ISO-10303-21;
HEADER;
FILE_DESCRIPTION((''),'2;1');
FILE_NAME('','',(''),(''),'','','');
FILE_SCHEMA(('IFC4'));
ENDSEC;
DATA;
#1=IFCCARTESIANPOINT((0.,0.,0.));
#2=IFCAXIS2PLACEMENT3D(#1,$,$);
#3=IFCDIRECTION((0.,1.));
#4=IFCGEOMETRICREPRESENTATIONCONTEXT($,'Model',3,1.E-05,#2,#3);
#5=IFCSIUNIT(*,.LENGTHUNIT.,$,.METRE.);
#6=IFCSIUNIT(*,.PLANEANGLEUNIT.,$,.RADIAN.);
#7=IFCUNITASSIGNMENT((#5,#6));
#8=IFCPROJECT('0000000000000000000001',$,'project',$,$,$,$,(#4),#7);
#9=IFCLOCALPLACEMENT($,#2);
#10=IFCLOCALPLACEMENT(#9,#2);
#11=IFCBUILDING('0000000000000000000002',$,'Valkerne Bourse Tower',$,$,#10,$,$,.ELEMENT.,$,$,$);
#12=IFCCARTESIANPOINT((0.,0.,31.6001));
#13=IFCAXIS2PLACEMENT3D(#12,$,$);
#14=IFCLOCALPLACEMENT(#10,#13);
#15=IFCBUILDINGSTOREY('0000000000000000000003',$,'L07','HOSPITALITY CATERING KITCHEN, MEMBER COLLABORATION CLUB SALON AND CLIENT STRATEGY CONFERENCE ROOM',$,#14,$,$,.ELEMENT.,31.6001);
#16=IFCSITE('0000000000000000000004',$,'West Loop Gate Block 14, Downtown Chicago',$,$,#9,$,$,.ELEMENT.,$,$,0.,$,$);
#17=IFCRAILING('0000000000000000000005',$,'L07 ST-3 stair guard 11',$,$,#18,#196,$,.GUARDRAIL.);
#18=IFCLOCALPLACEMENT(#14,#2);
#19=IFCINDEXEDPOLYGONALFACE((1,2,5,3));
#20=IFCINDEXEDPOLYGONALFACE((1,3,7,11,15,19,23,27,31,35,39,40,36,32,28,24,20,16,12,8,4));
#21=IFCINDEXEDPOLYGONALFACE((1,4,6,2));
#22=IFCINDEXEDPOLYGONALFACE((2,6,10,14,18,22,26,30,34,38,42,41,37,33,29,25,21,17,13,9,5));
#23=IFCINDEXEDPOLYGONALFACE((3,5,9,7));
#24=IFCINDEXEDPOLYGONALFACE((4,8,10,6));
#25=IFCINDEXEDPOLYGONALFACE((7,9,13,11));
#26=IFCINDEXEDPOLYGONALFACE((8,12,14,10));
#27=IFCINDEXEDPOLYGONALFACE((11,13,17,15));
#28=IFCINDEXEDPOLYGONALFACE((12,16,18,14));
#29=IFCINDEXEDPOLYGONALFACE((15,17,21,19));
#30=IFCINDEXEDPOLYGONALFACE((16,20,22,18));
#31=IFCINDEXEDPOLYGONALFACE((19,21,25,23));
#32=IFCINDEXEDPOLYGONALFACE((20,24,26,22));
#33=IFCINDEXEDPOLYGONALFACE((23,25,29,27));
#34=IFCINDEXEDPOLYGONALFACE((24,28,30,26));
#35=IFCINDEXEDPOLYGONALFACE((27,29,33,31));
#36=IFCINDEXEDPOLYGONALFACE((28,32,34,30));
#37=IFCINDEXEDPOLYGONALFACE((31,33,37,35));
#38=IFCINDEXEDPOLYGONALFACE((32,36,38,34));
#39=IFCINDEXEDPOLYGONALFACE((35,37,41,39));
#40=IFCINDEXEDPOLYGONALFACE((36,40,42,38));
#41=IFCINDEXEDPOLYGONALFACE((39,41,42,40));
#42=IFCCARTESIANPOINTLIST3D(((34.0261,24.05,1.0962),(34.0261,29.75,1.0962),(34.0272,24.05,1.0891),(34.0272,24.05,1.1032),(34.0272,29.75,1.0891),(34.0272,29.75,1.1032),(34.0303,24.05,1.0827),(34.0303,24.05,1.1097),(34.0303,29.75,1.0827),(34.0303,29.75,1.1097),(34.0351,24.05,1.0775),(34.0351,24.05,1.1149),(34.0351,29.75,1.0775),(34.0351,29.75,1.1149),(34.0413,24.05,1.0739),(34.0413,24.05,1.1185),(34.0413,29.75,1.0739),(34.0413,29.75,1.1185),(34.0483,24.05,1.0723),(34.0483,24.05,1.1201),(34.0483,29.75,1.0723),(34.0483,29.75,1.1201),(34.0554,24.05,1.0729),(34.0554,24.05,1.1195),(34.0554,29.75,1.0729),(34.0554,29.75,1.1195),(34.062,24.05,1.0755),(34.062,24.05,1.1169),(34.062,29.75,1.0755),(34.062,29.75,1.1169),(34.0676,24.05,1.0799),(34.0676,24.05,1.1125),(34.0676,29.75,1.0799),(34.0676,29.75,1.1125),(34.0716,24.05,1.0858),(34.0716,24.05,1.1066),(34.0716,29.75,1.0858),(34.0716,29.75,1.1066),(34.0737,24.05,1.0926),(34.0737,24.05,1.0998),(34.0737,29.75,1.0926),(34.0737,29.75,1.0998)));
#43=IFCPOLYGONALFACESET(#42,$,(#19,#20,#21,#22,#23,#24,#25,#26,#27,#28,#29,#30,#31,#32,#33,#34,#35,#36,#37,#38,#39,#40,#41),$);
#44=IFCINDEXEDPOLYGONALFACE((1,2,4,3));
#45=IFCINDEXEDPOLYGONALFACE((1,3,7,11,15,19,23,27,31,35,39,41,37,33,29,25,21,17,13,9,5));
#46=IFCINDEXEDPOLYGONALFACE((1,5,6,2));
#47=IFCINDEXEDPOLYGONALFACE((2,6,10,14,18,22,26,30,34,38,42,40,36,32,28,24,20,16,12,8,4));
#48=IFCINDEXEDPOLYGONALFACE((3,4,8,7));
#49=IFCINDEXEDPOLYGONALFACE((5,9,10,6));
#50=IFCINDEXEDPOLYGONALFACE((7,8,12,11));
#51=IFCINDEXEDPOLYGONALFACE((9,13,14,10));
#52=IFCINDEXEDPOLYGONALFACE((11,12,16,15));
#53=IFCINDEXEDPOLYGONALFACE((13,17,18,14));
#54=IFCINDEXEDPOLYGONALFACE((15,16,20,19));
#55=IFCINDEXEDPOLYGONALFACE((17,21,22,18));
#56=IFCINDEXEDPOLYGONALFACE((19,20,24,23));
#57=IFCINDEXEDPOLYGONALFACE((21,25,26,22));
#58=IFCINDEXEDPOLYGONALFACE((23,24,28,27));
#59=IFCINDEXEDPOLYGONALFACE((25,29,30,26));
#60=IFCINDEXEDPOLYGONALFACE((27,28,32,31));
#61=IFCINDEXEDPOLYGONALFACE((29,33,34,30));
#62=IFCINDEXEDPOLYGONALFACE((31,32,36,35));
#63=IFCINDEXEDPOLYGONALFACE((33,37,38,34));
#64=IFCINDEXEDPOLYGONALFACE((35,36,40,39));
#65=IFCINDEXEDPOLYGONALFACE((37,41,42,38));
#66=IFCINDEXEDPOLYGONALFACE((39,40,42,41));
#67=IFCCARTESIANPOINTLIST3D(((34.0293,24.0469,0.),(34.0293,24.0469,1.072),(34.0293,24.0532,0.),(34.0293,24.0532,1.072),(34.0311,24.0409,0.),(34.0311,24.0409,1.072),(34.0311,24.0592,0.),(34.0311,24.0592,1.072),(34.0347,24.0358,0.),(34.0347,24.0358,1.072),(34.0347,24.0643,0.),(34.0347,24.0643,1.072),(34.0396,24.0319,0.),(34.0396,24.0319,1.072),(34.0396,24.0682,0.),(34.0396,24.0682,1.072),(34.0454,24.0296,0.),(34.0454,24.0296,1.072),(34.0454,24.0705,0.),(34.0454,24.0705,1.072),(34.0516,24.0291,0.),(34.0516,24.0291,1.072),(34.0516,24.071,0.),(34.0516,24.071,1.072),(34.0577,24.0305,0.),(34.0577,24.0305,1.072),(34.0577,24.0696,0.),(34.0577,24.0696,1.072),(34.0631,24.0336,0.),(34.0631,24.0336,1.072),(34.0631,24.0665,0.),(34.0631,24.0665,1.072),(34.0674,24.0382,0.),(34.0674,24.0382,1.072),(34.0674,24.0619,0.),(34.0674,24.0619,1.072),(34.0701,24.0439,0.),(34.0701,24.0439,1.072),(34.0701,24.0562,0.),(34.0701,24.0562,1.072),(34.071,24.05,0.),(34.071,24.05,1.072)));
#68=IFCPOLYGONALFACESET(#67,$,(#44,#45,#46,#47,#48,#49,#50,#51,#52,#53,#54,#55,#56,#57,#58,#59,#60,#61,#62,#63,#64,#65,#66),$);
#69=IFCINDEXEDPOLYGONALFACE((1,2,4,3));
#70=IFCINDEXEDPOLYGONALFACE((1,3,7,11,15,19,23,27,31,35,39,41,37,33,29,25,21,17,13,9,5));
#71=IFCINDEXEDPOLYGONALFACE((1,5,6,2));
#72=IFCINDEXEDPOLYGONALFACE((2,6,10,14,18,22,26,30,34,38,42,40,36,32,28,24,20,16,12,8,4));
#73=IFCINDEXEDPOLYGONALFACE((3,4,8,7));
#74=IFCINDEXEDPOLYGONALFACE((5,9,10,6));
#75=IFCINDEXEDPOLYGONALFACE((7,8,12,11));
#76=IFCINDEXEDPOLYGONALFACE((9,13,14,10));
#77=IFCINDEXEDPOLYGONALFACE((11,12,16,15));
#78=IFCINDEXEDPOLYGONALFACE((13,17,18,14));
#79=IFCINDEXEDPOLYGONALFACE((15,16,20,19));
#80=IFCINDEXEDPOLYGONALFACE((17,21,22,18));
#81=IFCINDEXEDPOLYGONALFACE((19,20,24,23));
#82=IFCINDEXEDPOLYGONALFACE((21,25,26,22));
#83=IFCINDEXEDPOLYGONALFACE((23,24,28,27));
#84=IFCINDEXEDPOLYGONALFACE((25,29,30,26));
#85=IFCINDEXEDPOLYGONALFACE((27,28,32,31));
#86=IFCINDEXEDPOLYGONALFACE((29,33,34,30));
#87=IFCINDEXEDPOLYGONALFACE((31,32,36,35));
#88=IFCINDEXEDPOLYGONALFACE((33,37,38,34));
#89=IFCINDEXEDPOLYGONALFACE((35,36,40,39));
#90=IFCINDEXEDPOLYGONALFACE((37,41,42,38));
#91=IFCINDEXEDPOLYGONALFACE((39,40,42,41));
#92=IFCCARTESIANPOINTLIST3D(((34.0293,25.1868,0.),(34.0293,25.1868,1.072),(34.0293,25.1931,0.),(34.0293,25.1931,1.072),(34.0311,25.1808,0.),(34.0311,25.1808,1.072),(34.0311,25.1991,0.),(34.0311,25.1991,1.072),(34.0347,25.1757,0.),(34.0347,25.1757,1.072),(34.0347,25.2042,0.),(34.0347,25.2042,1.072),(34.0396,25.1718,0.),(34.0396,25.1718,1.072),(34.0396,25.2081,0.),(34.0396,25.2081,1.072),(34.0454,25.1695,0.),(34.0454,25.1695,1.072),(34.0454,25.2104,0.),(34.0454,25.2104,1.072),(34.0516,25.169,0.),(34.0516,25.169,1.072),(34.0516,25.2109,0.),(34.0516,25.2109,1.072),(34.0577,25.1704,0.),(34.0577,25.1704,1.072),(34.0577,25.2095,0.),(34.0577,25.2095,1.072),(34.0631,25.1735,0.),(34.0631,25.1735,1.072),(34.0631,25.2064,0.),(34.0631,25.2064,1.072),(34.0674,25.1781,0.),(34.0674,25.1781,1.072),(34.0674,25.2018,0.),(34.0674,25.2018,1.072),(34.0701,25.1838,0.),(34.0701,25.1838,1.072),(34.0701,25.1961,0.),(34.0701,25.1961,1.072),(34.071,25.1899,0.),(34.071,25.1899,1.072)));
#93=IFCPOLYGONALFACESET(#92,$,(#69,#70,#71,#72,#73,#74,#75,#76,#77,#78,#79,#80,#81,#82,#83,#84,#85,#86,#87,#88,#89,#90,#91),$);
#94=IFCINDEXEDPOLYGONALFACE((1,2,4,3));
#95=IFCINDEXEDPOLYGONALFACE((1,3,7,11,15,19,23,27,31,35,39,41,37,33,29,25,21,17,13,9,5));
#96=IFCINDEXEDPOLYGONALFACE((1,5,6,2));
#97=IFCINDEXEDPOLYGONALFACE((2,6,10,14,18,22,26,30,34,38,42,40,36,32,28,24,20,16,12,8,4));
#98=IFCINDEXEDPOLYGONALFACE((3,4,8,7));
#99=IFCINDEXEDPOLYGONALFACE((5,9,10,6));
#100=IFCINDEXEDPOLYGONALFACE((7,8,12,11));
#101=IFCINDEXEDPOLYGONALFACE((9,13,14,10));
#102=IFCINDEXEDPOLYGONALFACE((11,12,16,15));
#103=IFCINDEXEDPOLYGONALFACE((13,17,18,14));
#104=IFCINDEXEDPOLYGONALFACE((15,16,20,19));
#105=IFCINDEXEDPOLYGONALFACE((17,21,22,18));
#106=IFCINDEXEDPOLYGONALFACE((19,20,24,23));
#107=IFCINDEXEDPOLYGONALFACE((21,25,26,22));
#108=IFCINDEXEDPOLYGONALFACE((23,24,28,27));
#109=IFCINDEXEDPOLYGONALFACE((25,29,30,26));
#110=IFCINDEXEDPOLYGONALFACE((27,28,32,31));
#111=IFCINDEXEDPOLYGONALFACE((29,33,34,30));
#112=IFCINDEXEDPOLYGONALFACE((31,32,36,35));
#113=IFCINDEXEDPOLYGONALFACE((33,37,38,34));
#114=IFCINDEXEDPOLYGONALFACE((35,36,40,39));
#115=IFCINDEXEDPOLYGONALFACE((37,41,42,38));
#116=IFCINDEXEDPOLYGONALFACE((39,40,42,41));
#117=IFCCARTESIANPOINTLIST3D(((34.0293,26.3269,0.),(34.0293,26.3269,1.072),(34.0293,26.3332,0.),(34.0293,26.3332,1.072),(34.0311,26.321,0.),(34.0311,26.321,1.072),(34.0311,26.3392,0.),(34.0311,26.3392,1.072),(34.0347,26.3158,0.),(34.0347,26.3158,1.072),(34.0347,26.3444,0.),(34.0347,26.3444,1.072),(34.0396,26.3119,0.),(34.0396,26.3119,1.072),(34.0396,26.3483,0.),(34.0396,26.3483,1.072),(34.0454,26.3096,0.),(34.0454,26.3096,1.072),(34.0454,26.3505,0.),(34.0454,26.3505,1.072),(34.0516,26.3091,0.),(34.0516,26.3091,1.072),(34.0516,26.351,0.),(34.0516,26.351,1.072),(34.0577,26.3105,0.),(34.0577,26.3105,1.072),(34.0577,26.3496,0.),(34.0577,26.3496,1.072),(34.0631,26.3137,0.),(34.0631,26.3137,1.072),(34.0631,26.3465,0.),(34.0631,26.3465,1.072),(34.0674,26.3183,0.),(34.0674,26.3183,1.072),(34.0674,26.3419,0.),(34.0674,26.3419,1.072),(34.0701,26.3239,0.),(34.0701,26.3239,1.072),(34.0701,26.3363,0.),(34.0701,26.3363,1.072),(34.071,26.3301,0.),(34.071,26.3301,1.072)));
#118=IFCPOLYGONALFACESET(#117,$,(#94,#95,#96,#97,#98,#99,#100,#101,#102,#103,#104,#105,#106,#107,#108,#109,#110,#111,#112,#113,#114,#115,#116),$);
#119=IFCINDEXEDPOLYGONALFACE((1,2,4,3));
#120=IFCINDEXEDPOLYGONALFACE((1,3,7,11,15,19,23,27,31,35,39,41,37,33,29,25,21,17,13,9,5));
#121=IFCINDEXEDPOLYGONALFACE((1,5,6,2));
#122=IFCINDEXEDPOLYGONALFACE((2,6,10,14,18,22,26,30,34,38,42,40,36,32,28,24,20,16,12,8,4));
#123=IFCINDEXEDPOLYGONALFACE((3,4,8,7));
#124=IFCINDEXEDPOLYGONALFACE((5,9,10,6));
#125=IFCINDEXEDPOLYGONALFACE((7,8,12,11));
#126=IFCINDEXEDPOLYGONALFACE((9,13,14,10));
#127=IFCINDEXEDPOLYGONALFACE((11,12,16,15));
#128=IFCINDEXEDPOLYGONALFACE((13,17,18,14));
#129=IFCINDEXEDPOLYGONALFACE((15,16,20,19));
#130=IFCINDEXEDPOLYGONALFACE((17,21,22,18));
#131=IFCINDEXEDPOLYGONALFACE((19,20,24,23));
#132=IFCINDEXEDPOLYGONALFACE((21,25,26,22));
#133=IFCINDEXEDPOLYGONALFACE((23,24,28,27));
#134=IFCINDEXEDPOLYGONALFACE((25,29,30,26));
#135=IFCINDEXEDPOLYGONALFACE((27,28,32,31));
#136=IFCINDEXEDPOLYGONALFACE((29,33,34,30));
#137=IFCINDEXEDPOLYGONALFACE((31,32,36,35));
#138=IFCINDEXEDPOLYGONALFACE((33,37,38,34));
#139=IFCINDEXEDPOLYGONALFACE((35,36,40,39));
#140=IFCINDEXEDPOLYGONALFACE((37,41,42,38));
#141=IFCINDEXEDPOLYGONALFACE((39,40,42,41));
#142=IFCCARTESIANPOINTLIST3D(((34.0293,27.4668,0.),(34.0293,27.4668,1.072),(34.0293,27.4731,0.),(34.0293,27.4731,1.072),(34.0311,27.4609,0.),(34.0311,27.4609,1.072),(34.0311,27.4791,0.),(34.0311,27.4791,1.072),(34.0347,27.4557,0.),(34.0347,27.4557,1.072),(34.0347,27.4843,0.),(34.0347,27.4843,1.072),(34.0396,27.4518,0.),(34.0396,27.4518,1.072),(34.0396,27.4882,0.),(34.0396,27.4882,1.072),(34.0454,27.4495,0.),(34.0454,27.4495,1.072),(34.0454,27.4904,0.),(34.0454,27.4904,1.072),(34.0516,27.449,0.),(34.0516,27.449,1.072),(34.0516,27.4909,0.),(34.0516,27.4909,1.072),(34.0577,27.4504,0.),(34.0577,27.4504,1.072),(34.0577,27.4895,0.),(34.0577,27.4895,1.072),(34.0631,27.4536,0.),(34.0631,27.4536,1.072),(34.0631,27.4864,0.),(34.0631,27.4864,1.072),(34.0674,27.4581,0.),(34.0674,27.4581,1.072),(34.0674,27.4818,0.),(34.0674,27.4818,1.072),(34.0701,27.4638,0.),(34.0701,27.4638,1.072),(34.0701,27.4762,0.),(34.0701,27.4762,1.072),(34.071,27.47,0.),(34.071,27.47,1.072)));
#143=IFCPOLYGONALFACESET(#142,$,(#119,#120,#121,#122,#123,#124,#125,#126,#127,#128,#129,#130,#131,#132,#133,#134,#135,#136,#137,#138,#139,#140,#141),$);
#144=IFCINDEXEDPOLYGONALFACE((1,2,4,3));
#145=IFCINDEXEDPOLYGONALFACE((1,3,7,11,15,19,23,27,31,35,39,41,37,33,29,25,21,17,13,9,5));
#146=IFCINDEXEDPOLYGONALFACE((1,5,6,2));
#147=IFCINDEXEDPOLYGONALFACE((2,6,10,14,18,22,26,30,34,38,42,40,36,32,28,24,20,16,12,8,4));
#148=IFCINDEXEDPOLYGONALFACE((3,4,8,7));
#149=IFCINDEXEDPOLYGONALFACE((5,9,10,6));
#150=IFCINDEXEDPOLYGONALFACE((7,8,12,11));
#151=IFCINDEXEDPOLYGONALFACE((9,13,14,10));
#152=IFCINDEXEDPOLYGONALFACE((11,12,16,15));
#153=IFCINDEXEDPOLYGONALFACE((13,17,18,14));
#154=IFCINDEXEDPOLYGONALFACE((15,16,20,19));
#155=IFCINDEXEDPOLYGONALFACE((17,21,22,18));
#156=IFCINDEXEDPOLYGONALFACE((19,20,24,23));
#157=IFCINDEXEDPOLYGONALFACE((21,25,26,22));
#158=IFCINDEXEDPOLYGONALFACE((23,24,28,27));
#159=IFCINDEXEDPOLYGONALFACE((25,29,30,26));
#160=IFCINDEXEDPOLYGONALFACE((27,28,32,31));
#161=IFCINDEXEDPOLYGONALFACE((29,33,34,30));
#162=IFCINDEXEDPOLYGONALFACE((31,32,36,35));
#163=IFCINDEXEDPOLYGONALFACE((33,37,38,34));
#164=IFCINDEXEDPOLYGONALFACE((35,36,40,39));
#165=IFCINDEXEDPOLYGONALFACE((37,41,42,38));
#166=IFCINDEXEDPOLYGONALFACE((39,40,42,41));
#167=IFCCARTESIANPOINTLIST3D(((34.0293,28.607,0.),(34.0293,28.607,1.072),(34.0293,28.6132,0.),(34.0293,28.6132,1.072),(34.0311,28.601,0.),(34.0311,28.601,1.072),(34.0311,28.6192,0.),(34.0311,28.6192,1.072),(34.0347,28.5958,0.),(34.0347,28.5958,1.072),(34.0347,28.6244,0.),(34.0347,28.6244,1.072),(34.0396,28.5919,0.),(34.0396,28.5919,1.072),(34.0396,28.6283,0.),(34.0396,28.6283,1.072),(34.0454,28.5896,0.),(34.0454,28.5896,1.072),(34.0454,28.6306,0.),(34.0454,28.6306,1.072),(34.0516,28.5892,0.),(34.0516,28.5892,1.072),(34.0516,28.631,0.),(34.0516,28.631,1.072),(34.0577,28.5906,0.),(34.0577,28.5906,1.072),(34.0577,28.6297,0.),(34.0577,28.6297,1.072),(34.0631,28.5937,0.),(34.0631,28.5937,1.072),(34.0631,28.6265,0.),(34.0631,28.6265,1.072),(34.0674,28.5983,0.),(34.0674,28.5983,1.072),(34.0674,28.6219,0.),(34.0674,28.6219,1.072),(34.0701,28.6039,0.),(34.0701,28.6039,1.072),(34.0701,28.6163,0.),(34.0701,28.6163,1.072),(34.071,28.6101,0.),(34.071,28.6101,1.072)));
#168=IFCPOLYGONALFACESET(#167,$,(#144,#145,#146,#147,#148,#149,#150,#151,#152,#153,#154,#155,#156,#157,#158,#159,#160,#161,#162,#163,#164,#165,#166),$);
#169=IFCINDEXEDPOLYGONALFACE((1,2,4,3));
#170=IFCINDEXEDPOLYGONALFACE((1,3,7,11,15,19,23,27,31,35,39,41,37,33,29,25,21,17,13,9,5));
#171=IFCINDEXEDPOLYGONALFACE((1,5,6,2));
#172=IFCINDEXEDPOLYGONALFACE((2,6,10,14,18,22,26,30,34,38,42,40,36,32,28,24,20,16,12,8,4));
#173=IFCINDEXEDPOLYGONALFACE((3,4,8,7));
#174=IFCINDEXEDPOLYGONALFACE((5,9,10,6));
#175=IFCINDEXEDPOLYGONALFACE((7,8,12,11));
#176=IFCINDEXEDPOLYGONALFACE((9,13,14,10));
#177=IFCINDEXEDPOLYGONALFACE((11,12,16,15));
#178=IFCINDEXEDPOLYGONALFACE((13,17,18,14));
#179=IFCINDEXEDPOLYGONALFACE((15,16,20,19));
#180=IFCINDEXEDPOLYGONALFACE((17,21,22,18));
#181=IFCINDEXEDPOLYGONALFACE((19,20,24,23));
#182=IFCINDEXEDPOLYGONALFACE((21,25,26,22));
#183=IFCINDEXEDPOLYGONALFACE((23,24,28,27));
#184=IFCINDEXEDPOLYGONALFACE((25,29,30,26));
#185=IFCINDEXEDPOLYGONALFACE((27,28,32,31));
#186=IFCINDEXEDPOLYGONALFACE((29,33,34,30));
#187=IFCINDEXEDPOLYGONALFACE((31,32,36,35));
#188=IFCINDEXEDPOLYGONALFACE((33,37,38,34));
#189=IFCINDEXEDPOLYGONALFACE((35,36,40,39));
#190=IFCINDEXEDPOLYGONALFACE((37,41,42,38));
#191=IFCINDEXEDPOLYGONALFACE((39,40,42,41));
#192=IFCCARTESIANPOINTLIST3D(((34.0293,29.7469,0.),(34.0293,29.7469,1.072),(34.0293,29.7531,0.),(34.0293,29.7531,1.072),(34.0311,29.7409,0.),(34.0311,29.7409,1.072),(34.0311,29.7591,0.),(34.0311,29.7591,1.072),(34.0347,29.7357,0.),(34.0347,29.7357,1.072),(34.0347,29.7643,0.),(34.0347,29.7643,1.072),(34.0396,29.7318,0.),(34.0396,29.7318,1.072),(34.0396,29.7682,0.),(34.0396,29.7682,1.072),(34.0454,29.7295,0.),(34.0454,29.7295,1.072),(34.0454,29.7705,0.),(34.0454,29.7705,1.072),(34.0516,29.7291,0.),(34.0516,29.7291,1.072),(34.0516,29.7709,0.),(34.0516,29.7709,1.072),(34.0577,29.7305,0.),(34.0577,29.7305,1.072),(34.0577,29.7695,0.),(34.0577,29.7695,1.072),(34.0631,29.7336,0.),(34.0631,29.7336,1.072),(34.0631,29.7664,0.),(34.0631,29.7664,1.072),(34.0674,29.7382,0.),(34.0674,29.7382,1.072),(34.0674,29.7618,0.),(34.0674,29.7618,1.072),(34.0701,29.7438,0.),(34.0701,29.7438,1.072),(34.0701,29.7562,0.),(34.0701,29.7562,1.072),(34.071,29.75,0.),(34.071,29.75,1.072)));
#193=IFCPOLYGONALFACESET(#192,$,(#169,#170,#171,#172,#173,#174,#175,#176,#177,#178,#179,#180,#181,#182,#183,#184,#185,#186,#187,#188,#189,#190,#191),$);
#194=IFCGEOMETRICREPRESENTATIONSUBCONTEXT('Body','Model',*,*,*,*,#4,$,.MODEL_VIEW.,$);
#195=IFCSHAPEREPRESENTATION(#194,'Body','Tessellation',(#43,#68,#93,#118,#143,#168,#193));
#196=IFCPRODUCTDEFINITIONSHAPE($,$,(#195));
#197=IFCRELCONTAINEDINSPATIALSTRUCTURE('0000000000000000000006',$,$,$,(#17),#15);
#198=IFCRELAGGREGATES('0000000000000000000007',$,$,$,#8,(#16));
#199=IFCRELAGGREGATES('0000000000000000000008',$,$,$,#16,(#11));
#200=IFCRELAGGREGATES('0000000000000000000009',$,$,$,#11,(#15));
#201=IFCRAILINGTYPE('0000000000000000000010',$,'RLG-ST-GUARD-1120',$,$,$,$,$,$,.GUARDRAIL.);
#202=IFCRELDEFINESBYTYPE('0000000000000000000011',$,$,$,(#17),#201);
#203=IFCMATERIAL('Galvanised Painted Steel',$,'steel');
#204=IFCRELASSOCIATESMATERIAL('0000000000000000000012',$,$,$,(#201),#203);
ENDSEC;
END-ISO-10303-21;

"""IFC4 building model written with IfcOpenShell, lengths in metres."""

from ifc_helpers import new_model, si_unit, direction, frame, origin, origin_2d, place, context, subcontext, project, spatial, circle, extrude, material, type_object, element, save


model = new_model("IFC4")

# Units and contexts
model_context = context("Model", 3, precision=1e-05, world=origin(), true_north=direction((0.0, 1.0)))
body_context = subcontext(model_context, "Body", "Model", "MODEL_VIEW")
ifc_project = project(units=[si_unit("LENGTHUNIT", "METRE"), si_unit("PLANEANGLEUNIT", "RADIAN")], contexts=[model_context])

# Site, building, storey
site_placement = place(None, origin())
site = spatial("IfcSite", under=ifc_project, at=site_placement, Name="West Loop Gate Block 14, Downtown Chicago", CompositionType="ELEMENT", RefElevation=0.0)
building_placement = place(site_placement, origin())
building = spatial("IfcBuilding", under=site, at=building_placement, Name="Valkerne Bourse Tower", CompositionType="ELEMENT")
storey_placement = place(building_placement, frame((0.0, 0.0, 31.6001)))
storey = spatial("IfcBuildingStorey", under=building, at=storey_placement, Name="L07", Description="HOSPITALITY CATERING KITCHEN, MEMBER COLLABORATION CLUB SALON AND CLIENT STRATEGY CONFERENCE ROOM", CompositionType="ELEMENT", Elevation=31.6001)

# Shared definitions
ifc_material_1 = material(Name="Galvanised Painted Steel", Category="steel")

# Railing
railing_type_1 = type_object("IfcRailingType", Name="RLG-ST-GUARD-1120", PredefinedType="GUARDRAIL", material=ifc_material_1)
railing_1_placement = place(storey_placement, frame((34.05, 24.05, 0.0)))
element("IfcRailing", 1, at=railing_1_placement, inside=storey, type_object=railing_type_1, Name="L07 ST-3 stair guard 11", PredefinedType="GUARDRAIL", context=body_context, shape_type="SweptSolid", body=[
    extrude(circle(Radius=0.0239, at=origin_2d()), frame((0.0, 0.0, 1.0962), z_axis=(0.0, 1.0, 0.0), x_axis=(-1.0, 0.0, 0.0)), (0.0, 0.0, 1.0), 5.7),
    extrude(circle(Radius=0.021, at=origin_2d()), origin(), (0.0, 0.0, 1.0), 1.072),
    extrude(circle(Radius=0.021, at=origin_2d()), frame((0.0, 1.1399, 0.0)), (0.0, 0.0, 1.0), 1.072),
    extrude(circle(Radius=0.021, at=origin_2d()), frame((0.0, 2.28, 0.0)), (0.0, 0.0, 1.0), 1.072),
    extrude(circle(Radius=0.021, at=origin_2d()), frame((0.0, 3.4199, 0.0)), (0.0, 0.0, 1.0), 1.072),
    extrude(circle(Radius=0.021, at=origin_2d()), frame((0.0, 4.5601, 0.0)), (0.0, 0.0, 1.0), 1.072),
    extrude(circle(Radius=0.021, at=origin_2d()), frame((0.0, 5.7, 0.0)), (0.0, 0.0, 1.0), 1.072),
])

save(model, "model.ifc")
